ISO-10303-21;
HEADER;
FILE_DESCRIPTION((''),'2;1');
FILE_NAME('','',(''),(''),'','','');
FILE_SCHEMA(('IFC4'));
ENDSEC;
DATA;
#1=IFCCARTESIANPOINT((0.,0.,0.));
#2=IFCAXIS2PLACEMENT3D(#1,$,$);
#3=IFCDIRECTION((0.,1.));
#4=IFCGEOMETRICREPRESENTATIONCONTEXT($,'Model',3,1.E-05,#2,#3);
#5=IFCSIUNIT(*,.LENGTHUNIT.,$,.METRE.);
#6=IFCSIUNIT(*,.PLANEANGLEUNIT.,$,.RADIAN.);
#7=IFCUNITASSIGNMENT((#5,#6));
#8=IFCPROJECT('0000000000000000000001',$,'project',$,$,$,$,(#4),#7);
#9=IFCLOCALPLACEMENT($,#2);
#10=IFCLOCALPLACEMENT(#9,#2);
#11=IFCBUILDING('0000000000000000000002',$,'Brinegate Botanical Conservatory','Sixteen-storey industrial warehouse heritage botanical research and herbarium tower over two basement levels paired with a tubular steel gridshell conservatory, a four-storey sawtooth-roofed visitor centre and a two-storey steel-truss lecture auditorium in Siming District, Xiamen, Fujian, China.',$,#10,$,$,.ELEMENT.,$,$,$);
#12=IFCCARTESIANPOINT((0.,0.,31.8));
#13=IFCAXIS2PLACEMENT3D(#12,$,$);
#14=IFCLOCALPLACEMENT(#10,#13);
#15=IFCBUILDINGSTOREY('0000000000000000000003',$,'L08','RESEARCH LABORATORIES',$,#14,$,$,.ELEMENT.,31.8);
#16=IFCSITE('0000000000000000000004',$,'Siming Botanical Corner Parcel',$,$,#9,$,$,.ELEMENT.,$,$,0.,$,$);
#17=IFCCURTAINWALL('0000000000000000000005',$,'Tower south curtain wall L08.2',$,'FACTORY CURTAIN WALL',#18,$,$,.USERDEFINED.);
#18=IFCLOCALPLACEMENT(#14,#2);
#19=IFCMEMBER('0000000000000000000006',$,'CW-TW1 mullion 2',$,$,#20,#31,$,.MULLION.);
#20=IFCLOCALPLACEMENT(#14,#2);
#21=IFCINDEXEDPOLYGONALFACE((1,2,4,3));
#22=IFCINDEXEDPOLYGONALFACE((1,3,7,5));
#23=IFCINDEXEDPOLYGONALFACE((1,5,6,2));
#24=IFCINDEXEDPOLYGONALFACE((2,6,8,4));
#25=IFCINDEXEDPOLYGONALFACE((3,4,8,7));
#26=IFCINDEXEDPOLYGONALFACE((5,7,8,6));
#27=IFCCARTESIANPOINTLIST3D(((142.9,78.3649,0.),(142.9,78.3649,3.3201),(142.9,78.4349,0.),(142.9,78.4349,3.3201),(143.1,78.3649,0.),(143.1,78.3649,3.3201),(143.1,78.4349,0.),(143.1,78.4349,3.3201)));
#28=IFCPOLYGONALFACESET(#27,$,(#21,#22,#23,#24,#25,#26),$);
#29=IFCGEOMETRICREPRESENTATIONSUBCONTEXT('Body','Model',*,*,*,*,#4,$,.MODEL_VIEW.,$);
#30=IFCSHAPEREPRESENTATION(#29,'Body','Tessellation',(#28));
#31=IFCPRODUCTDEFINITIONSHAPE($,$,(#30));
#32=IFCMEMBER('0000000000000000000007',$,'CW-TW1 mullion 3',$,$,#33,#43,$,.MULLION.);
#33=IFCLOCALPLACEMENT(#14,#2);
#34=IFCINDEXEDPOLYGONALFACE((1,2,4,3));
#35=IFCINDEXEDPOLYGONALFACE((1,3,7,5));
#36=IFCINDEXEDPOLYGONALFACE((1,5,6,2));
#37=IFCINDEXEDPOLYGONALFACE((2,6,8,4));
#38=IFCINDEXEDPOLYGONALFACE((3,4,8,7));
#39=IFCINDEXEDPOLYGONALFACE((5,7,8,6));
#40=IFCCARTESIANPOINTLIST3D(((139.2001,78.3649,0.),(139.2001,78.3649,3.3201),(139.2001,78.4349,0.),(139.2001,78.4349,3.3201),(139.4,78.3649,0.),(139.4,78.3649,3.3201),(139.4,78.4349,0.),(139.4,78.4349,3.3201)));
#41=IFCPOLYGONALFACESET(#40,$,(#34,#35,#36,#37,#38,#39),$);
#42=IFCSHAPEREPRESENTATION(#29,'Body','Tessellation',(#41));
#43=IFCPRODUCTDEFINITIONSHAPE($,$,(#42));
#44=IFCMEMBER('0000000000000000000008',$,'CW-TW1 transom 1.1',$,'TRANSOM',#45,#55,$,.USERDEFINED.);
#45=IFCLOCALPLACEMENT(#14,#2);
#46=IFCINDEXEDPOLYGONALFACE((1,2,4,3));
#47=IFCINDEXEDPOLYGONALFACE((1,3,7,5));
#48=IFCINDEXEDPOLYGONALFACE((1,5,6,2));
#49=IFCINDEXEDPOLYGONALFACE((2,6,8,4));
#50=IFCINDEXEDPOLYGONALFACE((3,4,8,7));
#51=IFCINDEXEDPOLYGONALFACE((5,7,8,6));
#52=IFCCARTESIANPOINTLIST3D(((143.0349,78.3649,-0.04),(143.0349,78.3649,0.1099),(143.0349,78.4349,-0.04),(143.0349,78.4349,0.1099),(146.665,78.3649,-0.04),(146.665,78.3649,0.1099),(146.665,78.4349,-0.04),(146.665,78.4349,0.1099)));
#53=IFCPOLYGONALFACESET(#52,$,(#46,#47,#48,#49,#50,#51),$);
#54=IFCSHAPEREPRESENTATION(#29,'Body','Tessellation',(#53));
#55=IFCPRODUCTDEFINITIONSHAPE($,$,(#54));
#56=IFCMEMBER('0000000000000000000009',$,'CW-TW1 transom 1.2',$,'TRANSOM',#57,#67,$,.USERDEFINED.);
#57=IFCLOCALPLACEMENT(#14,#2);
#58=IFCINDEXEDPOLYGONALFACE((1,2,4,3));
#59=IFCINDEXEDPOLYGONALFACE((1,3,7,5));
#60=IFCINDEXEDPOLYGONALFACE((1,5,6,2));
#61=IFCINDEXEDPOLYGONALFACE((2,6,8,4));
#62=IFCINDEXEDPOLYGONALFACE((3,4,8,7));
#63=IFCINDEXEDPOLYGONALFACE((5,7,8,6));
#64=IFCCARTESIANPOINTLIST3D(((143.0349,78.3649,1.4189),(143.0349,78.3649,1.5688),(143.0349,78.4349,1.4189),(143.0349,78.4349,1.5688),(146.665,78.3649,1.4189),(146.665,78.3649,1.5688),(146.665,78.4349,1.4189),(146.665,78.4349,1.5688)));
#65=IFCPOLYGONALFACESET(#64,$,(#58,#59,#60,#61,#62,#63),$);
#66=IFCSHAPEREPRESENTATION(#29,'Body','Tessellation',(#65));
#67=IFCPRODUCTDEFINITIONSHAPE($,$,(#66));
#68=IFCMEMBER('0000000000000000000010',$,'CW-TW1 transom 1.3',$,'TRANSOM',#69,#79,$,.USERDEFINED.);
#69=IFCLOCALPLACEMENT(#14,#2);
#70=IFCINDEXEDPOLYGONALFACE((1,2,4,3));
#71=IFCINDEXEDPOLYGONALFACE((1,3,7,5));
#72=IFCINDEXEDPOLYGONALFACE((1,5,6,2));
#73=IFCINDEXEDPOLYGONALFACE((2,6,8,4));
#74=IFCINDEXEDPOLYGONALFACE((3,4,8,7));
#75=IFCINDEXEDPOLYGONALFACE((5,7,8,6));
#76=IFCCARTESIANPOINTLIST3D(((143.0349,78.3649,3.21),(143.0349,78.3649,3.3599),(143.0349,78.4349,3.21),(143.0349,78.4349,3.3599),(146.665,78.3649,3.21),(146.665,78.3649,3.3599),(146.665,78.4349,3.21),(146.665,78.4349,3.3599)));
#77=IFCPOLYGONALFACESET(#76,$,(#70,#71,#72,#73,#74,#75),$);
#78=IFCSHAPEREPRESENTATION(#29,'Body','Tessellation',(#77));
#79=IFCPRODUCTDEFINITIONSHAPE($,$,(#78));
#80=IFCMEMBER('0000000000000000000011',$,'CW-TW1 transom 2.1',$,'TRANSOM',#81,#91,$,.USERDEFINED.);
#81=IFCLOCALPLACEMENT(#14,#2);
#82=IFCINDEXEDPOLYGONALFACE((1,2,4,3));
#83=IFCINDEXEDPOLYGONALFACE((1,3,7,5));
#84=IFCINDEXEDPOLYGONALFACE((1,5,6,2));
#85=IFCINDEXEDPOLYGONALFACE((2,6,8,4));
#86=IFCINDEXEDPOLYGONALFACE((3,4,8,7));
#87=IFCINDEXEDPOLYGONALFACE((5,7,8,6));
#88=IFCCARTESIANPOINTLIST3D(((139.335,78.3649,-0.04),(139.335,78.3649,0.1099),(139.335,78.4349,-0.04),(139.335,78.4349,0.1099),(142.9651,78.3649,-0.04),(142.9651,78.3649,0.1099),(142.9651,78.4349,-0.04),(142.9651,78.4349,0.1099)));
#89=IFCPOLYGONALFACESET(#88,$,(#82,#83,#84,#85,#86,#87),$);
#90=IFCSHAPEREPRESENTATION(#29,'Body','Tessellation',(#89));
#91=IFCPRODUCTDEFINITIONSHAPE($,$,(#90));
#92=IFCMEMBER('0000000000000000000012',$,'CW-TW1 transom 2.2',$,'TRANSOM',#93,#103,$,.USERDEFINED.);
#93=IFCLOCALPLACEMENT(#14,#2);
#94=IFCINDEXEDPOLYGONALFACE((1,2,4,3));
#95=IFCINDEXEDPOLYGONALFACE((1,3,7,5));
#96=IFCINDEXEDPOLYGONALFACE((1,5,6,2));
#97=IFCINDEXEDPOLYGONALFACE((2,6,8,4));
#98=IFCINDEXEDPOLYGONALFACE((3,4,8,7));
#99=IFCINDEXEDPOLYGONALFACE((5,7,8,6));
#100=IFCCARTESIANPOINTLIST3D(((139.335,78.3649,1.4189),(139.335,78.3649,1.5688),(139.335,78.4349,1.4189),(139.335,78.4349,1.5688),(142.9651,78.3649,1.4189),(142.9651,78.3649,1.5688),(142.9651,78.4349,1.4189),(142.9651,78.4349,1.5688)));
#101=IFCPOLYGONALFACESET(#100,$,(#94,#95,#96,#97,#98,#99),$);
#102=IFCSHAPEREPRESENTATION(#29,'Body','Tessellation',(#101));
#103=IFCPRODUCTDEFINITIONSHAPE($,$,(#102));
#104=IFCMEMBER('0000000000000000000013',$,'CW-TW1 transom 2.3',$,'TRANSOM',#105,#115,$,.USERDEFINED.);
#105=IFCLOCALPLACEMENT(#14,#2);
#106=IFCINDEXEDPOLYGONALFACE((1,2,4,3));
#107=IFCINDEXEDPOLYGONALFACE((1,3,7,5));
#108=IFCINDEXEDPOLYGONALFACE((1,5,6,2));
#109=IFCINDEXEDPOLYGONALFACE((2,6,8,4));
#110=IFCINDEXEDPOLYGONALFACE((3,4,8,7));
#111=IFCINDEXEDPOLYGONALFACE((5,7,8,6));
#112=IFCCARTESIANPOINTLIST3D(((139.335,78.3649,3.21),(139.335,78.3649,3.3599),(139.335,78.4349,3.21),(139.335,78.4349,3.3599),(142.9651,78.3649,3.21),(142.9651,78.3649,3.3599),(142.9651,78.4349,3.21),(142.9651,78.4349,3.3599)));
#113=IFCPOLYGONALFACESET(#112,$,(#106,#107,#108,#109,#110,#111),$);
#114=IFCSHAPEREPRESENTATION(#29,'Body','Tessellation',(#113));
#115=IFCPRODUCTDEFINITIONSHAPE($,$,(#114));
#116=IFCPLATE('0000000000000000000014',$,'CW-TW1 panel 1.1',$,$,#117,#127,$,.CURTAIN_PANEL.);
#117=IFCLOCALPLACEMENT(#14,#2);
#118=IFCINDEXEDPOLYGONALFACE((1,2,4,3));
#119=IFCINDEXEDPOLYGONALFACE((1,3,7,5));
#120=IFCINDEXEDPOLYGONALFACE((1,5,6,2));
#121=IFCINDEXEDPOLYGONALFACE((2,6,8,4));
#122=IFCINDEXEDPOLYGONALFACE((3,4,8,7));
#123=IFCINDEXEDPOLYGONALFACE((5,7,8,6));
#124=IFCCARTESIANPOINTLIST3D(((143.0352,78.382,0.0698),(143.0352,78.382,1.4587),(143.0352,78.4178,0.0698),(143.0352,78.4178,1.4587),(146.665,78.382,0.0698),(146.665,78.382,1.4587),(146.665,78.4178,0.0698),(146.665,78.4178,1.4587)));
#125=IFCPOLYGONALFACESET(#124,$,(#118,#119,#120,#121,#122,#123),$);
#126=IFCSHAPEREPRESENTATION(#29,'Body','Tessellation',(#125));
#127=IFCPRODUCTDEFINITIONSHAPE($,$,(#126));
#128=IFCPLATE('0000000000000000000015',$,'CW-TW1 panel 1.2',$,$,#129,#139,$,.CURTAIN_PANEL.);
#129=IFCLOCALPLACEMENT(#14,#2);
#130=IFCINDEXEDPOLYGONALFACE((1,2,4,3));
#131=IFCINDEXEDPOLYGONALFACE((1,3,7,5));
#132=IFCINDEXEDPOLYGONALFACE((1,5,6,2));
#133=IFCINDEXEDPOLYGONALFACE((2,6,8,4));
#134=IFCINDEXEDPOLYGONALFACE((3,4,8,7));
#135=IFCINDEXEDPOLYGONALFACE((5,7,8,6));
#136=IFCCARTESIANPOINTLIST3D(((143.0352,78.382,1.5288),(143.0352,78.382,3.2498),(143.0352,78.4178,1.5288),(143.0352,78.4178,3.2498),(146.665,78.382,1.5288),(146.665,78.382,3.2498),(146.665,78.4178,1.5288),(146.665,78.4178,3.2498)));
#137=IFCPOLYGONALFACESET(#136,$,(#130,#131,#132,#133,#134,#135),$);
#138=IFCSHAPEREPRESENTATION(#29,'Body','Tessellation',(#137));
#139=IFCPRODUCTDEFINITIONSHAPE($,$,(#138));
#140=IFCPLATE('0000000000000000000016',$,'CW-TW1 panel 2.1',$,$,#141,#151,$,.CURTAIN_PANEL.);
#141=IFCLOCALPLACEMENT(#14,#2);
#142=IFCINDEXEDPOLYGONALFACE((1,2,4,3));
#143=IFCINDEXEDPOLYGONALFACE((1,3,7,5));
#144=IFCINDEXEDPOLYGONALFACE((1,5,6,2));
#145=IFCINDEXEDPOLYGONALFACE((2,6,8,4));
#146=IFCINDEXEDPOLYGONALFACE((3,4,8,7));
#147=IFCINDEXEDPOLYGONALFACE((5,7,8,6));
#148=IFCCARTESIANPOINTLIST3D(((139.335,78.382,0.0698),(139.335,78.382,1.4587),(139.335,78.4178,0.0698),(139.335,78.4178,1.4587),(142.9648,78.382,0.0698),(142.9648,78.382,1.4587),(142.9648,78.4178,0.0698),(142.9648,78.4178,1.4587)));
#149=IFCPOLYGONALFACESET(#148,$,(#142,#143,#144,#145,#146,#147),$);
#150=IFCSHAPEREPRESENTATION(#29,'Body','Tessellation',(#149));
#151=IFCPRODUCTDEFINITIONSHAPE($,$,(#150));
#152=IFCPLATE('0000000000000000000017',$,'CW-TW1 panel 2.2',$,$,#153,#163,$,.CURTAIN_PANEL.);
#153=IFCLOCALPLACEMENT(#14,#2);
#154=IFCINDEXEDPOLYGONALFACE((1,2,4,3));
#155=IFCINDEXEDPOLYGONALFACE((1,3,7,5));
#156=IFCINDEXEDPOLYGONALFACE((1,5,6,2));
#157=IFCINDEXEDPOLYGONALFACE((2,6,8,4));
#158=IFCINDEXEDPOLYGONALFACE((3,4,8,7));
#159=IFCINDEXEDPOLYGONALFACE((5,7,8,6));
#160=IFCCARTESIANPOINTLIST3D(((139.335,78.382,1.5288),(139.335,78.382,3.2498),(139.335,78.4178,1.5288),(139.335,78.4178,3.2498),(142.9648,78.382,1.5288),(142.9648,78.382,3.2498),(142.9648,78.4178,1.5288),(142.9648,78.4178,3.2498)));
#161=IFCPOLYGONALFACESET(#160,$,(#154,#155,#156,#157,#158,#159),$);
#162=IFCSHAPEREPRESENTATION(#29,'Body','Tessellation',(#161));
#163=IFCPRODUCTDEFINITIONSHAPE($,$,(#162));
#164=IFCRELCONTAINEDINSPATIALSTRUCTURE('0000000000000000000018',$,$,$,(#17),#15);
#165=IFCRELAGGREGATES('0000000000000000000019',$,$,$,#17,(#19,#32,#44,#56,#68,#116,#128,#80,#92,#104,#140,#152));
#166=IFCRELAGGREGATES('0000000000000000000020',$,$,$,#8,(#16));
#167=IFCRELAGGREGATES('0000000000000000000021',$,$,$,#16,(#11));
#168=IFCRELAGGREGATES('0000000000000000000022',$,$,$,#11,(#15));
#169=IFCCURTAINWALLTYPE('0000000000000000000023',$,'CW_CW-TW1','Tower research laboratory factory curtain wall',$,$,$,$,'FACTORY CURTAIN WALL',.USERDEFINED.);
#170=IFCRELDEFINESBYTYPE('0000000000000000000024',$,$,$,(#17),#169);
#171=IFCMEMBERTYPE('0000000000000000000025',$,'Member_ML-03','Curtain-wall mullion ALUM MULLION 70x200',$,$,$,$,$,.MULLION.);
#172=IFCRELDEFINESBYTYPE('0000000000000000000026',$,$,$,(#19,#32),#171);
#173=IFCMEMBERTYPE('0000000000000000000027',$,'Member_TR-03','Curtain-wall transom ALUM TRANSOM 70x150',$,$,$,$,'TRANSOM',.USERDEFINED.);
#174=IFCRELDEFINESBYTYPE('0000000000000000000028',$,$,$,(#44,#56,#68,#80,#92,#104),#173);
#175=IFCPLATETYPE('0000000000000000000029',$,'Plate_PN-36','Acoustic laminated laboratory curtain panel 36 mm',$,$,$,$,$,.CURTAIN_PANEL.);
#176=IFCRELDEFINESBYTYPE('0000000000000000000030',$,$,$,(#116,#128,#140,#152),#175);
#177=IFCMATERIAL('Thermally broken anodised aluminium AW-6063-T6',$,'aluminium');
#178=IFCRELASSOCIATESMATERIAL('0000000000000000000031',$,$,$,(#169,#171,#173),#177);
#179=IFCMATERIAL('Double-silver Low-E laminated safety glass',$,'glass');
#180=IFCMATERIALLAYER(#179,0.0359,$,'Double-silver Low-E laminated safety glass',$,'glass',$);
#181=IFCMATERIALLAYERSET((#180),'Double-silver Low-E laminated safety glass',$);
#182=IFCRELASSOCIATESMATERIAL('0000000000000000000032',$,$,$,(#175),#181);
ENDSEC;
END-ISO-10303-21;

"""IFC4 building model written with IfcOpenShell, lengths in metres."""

from ifc_helpers import new_model, si_unit, direction, frame, origin, origin_2d, place, context, subcontext, project, spatial, rectangle, extrude, material, layer, layer_set, material_profile, profile_set, type_object, element, aggregate, save


model = new_model("IFC4")

# Units and contexts
model_context = context("Model", 3, precision=1e-05, world=origin(), true_north=direction((0.0, 1.0)))
body_context = subcontext(model_context, "Body", "Model", "MODEL_VIEW")
ifc_project = project(units=[si_unit("LENGTHUNIT", "METRE"), si_unit("PLANEANGLEUNIT", "RADIAN")], contexts=[model_context])

# Site, building, storey
site_placement = place(None, origin())
site = spatial("IfcSite", under=ifc_project, at=site_placement, Name="Siming Botanical Corner Parcel", CompositionType="ELEMENT", RefElevation=0.0)
building_placement = place(site_placement, origin())
building = spatial("IfcBuilding", under=site, at=building_placement, Name="Brinegate Botanical Conservatory", Description="Sixteen-storey industrial warehouse heritage botanical research and herbarium tower over two basement levels paired with a tubular steel gridshell conservatory, a four-storey sawtooth-roofed visitor centre and a two-storey steel-truss lecture auditorium in Siming District, Xiamen, Fujian, China.", CompositionType="ELEMENT")
storey_placement = place(building_placement, frame((0.0, 0.0, 31.8)))
storey = spatial("IfcBuildingStorey", under=building, at=storey_placement, Name="L08", Description="RESEARCH LABORATORIES", CompositionType="ELEMENT", Elevation=31.8)

# Curtain wall, members, plates
ifc_material_1 = material(Name="Thermally broken anodised aluminium AW-6063-T6", Category="aluminium")
curtain_wall_type = type_object("IfcCurtainWallType", Name="CW_CW-TW1", Description="Tower research laboratory factory curtain wall", ElementType="FACTORY CURTAIN WALL", PredefinedType="USERDEFINED", material=ifc_material_1)
curtain_wall_placement = place(storey_placement, origin())
curtain_wall = element("IfcCurtainWall", 1, at=curtain_wall_placement, inside=storey, type_object=curtain_wall_type, Name="Tower south curtain wall L08.2", ObjectType="FACTORY CURTAIN WALL", PredefinedType="USERDEFINED")
ifc_material_profile_1 = material_profile(ifc_material_1, rectangle(XDim=0.0701, YDim=0.2, at=origin_2d()), Name="ALUM MULLION 70x200")
ifc_profile_set_1 = profile_set([ifc_material_profile_1], Name="Thermally broken anodised aluminium AW-6063-T6")
member_type_1 = type_object("IfcMemberType", Name="Member_ML-03", Description="Curtain-wall mullion ALUM MULLION 70x200", PredefinedType="MULLION", material=ifc_profile_set_1)
member_1_placement = place(storey_placement, frame((143.0, 78.3999, 0.0), z_axis=(0.0, 0.0, 1.0), x_axis=(0.0, -1.0, 0.0)))
member_1 = element("IfcMember", 2, at=member_1_placement, type_object=member_type_1, Name="CW-TW1 mullion 2", PredefinedType="MULLION", context=body_context, shape_type="SweptSolid", body=[
    extrude(rectangle(XDim=0.0701, YDim=0.2, at=origin_2d()), origin(), (0.0, 0.0, 1.0), 3.3201),
])
member_2_placement = place(storey_placement, frame((139.3, 78.3999, 0.0), z_axis=(0.0, 0.0, 1.0), x_axis=(0.0, -1.0, 0.0)))
member_2 = element("IfcMember", 3, at=member_2_placement, type_object=member_type_1, Name="CW-TW1 mullion 3", PredefinedType="MULLION", context=body_context, shape_type="SweptSolid", body=[
    extrude(rectangle(XDim=0.0701, YDim=0.2, at=origin_2d()), origin(), (0.0, 0.0, 1.0), 3.3201),
])
ifc_material_profile_2 = material_profile(ifc_material_1, rectangle(XDim=0.0701, YDim=0.1499, at=origin_2d()), Name="ALUM TRANSOM 70x150")
ifc_profile_set_2 = profile_set([ifc_material_profile_2], Name="Thermally broken anodised aluminium AW-6063-T6")
member_type_2 = type_object("IfcMemberType", Name="Member_TR-03", Description="Curtain-wall transom ALUM TRANSOM 70x150", ElementType="TRANSOM", PredefinedType="USERDEFINED", material=ifc_profile_set_2)
member_3_placement = place(storey_placement, frame((146.665, 78.3999, 0.0349), z_axis=(-1.0, 0.0, 0.0), x_axis=(0.0, -1.0, 0.0)))
member_3 = element("IfcMember", 4, at=member_3_placement, type_object=member_type_2, Name="CW-TW1 transom 1.1", ObjectType="TRANSOM", PredefinedType="USERDEFINED", context=body_context, shape_type="SweptSolid", body=[
    extrude(rectangle(XDim=0.0701, YDim=0.1499, at=origin_2d()), origin(), (0.0, 0.0, 1.0), 3.6301),
])
member_4_placement = place(storey_placement, frame((146.665, 78.3999, 1.4939), z_axis=(-1.0, 0.0, 0.0), x_axis=(0.0, -1.0, 0.0)))
member_4 = element("IfcMember", 5, at=member_4_placement, type_object=member_type_2, Name="CW-TW1 transom 1.2", ObjectType="TRANSOM", PredefinedType="USERDEFINED", context=body_context, shape_type="SweptSolid", body=[
    extrude(rectangle(XDim=0.0701, YDim=0.1499, at=origin_2d()), origin(), (0.0, 0.0, 1.0), 3.6301),
])
member_5_placement = place(storey_placement, frame((146.665, 78.3999, 3.2849), z_axis=(-1.0, 0.0, 0.0), x_axis=(0.0, -1.0, 0.0)))
member_5 = element("IfcMember", 6, at=member_5_placement, type_object=member_type_2, Name="CW-TW1 transom 1.3", ObjectType="TRANSOM", PredefinedType="USERDEFINED", context=body_context, shape_type="SweptSolid", body=[
    extrude(rectangle(XDim=0.0701, YDim=0.1499, at=origin_2d()), origin(), (0.0, 0.0, 1.0), 3.6301),
])
member_6_placement = place(storey_placement, frame((142.9651, 78.3999, 0.0349), z_axis=(-1.0, 0.0, 0.0), x_axis=(0.0, -1.0, 0.0)))
member_6 = element("IfcMember", 7, at=member_6_placement, type_object=member_type_2, Name="CW-TW1 transom 2.1", ObjectType="TRANSOM", PredefinedType="USERDEFINED", context=body_context, shape_type="SweptSolid", body=[
    extrude(rectangle(XDim=0.0701, YDim=0.1499, at=origin_2d()), origin(), (0.0, 0.0, 1.0), 3.6301),
])
member_7_placement = place(storey_placement, frame((142.9651, 78.3999, 1.4939), z_axis=(-1.0, 0.0, 0.0), x_axis=(0.0, -1.0, 0.0)))
member_7 = element("IfcMember", 8, at=member_7_placement, type_object=member_type_2, Name="CW-TW1 transom 2.2", ObjectType="TRANSOM", PredefinedType="USERDEFINED", context=body_context, shape_type="SweptSolid", body=[
    extrude(rectangle(XDim=0.0701, YDim=0.1499, at=origin_2d()), origin(), (0.0, 0.0, 1.0), 3.6301),
])
member_8_placement = place(storey_placement, frame((142.9651, 78.3999, 3.2849), z_axis=(-1.0, 0.0, 0.0), x_axis=(0.0, -1.0, 0.0)))
member_8 = element("IfcMember", 9, at=member_8_placement, type_object=member_type_2, Name="CW-TW1 transom 2.3", ObjectType="TRANSOM", PredefinedType="USERDEFINED", context=body_context, shape_type="SweptSolid", body=[
    extrude(rectangle(XDim=0.0701, YDim=0.1499, at=origin_2d()), origin(), (0.0, 0.0, 1.0), 3.6301),
])
ifc_material_2 = material(Name="Double-silver Low-E laminated safety glass", Category="glass")
ifc_layer_1 = layer(ifc_material_2, 0.0359, Name="Double-silver Low-E laminated safety glass", Category="glass")
ifc_layer_set_1 = layer_set([ifc_layer_1], Name="Double-silver Low-E laminated safety glass")
plate_type = type_object("IfcPlateType", Name="Plate_PN-36", Description="Acoustic laminated laboratory curtain panel 36 mm", PredefinedType="CURTAIN_PANEL", material=ifc_layer_set_1)
plate_1_placement = place(storey_placement, frame((144.8501, 78.3999, 0.0698), z_axis=(0.0, 0.0, 1.0), x_axis=(-1.0, 0.0, 0.0)))
plate_1 = element("IfcPlate", 10, at=plate_1_placement, type_object=plate_type, Name="CW-TW1 panel 1.1", PredefinedType="CURTAIN_PANEL", context=body_context, shape_type="SweptSolid", body=[
    extrude(rectangle(XDim=3.6299, YDim=0.0359, at=origin_2d()), origin(), (0.0, 0.0, 1.0), 1.3889),
])
plate_2_placement = place(storey_placement, frame((144.8501, 78.3999, 1.5288), z_axis=(0.0, 0.0, 1.0), x_axis=(-1.0, 0.0, 0.0)))
plate_2 = element("IfcPlate", 11, at=plate_2_placement, type_object=plate_type, Name="CW-TW1 panel 1.2", PredefinedType="CURTAIN_PANEL", context=body_context, shape_type="SweptSolid", body=[
    extrude(rectangle(XDim=3.6299, YDim=0.0359, at=origin_2d()), origin(), (0.0, 0.0, 1.0), 1.7209),
])
plate_3_placement = place(storey_placement, frame((141.1499, 78.3999, 0.0698), z_axis=(0.0, 0.0, 1.0), x_axis=(-1.0, 0.0, 0.0)))
plate_3 = element("IfcPlate", 12, at=plate_3_placement, type_object=plate_type, Name="CW-TW1 panel 2.1", PredefinedType="CURTAIN_PANEL", context=body_context, shape_type="SweptSolid", body=[
    extrude(rectangle(XDim=3.6299, YDim=0.0359, at=origin_2d()), origin(), (0.0, 0.0, 1.0), 1.3889),
])
plate_4_placement = place(storey_placement, frame((141.1499, 78.3999, 1.5288), z_axis=(0.0, 0.0, 1.0), x_axis=(-1.0, 0.0, 0.0)))
plate_4 = element("IfcPlate", 13, at=plate_4_placement, type_object=plate_type, Name="CW-TW1 panel 2.2", PredefinedType="CURTAIN_PANEL", context=body_context, shape_type="SweptSolid", body=[
    extrude(rectangle(XDim=3.6299, YDim=0.0359, at=origin_2d()), origin(), (0.0, 0.0, 1.0), 1.7209),
])
aggregate(curtain_wall, [member_1, member_2, member_3, member_4, member_5, plate_1, plate_2, member_6, member_7, member_8, plate_3, plate_4])

save(model, "model.ifc")
